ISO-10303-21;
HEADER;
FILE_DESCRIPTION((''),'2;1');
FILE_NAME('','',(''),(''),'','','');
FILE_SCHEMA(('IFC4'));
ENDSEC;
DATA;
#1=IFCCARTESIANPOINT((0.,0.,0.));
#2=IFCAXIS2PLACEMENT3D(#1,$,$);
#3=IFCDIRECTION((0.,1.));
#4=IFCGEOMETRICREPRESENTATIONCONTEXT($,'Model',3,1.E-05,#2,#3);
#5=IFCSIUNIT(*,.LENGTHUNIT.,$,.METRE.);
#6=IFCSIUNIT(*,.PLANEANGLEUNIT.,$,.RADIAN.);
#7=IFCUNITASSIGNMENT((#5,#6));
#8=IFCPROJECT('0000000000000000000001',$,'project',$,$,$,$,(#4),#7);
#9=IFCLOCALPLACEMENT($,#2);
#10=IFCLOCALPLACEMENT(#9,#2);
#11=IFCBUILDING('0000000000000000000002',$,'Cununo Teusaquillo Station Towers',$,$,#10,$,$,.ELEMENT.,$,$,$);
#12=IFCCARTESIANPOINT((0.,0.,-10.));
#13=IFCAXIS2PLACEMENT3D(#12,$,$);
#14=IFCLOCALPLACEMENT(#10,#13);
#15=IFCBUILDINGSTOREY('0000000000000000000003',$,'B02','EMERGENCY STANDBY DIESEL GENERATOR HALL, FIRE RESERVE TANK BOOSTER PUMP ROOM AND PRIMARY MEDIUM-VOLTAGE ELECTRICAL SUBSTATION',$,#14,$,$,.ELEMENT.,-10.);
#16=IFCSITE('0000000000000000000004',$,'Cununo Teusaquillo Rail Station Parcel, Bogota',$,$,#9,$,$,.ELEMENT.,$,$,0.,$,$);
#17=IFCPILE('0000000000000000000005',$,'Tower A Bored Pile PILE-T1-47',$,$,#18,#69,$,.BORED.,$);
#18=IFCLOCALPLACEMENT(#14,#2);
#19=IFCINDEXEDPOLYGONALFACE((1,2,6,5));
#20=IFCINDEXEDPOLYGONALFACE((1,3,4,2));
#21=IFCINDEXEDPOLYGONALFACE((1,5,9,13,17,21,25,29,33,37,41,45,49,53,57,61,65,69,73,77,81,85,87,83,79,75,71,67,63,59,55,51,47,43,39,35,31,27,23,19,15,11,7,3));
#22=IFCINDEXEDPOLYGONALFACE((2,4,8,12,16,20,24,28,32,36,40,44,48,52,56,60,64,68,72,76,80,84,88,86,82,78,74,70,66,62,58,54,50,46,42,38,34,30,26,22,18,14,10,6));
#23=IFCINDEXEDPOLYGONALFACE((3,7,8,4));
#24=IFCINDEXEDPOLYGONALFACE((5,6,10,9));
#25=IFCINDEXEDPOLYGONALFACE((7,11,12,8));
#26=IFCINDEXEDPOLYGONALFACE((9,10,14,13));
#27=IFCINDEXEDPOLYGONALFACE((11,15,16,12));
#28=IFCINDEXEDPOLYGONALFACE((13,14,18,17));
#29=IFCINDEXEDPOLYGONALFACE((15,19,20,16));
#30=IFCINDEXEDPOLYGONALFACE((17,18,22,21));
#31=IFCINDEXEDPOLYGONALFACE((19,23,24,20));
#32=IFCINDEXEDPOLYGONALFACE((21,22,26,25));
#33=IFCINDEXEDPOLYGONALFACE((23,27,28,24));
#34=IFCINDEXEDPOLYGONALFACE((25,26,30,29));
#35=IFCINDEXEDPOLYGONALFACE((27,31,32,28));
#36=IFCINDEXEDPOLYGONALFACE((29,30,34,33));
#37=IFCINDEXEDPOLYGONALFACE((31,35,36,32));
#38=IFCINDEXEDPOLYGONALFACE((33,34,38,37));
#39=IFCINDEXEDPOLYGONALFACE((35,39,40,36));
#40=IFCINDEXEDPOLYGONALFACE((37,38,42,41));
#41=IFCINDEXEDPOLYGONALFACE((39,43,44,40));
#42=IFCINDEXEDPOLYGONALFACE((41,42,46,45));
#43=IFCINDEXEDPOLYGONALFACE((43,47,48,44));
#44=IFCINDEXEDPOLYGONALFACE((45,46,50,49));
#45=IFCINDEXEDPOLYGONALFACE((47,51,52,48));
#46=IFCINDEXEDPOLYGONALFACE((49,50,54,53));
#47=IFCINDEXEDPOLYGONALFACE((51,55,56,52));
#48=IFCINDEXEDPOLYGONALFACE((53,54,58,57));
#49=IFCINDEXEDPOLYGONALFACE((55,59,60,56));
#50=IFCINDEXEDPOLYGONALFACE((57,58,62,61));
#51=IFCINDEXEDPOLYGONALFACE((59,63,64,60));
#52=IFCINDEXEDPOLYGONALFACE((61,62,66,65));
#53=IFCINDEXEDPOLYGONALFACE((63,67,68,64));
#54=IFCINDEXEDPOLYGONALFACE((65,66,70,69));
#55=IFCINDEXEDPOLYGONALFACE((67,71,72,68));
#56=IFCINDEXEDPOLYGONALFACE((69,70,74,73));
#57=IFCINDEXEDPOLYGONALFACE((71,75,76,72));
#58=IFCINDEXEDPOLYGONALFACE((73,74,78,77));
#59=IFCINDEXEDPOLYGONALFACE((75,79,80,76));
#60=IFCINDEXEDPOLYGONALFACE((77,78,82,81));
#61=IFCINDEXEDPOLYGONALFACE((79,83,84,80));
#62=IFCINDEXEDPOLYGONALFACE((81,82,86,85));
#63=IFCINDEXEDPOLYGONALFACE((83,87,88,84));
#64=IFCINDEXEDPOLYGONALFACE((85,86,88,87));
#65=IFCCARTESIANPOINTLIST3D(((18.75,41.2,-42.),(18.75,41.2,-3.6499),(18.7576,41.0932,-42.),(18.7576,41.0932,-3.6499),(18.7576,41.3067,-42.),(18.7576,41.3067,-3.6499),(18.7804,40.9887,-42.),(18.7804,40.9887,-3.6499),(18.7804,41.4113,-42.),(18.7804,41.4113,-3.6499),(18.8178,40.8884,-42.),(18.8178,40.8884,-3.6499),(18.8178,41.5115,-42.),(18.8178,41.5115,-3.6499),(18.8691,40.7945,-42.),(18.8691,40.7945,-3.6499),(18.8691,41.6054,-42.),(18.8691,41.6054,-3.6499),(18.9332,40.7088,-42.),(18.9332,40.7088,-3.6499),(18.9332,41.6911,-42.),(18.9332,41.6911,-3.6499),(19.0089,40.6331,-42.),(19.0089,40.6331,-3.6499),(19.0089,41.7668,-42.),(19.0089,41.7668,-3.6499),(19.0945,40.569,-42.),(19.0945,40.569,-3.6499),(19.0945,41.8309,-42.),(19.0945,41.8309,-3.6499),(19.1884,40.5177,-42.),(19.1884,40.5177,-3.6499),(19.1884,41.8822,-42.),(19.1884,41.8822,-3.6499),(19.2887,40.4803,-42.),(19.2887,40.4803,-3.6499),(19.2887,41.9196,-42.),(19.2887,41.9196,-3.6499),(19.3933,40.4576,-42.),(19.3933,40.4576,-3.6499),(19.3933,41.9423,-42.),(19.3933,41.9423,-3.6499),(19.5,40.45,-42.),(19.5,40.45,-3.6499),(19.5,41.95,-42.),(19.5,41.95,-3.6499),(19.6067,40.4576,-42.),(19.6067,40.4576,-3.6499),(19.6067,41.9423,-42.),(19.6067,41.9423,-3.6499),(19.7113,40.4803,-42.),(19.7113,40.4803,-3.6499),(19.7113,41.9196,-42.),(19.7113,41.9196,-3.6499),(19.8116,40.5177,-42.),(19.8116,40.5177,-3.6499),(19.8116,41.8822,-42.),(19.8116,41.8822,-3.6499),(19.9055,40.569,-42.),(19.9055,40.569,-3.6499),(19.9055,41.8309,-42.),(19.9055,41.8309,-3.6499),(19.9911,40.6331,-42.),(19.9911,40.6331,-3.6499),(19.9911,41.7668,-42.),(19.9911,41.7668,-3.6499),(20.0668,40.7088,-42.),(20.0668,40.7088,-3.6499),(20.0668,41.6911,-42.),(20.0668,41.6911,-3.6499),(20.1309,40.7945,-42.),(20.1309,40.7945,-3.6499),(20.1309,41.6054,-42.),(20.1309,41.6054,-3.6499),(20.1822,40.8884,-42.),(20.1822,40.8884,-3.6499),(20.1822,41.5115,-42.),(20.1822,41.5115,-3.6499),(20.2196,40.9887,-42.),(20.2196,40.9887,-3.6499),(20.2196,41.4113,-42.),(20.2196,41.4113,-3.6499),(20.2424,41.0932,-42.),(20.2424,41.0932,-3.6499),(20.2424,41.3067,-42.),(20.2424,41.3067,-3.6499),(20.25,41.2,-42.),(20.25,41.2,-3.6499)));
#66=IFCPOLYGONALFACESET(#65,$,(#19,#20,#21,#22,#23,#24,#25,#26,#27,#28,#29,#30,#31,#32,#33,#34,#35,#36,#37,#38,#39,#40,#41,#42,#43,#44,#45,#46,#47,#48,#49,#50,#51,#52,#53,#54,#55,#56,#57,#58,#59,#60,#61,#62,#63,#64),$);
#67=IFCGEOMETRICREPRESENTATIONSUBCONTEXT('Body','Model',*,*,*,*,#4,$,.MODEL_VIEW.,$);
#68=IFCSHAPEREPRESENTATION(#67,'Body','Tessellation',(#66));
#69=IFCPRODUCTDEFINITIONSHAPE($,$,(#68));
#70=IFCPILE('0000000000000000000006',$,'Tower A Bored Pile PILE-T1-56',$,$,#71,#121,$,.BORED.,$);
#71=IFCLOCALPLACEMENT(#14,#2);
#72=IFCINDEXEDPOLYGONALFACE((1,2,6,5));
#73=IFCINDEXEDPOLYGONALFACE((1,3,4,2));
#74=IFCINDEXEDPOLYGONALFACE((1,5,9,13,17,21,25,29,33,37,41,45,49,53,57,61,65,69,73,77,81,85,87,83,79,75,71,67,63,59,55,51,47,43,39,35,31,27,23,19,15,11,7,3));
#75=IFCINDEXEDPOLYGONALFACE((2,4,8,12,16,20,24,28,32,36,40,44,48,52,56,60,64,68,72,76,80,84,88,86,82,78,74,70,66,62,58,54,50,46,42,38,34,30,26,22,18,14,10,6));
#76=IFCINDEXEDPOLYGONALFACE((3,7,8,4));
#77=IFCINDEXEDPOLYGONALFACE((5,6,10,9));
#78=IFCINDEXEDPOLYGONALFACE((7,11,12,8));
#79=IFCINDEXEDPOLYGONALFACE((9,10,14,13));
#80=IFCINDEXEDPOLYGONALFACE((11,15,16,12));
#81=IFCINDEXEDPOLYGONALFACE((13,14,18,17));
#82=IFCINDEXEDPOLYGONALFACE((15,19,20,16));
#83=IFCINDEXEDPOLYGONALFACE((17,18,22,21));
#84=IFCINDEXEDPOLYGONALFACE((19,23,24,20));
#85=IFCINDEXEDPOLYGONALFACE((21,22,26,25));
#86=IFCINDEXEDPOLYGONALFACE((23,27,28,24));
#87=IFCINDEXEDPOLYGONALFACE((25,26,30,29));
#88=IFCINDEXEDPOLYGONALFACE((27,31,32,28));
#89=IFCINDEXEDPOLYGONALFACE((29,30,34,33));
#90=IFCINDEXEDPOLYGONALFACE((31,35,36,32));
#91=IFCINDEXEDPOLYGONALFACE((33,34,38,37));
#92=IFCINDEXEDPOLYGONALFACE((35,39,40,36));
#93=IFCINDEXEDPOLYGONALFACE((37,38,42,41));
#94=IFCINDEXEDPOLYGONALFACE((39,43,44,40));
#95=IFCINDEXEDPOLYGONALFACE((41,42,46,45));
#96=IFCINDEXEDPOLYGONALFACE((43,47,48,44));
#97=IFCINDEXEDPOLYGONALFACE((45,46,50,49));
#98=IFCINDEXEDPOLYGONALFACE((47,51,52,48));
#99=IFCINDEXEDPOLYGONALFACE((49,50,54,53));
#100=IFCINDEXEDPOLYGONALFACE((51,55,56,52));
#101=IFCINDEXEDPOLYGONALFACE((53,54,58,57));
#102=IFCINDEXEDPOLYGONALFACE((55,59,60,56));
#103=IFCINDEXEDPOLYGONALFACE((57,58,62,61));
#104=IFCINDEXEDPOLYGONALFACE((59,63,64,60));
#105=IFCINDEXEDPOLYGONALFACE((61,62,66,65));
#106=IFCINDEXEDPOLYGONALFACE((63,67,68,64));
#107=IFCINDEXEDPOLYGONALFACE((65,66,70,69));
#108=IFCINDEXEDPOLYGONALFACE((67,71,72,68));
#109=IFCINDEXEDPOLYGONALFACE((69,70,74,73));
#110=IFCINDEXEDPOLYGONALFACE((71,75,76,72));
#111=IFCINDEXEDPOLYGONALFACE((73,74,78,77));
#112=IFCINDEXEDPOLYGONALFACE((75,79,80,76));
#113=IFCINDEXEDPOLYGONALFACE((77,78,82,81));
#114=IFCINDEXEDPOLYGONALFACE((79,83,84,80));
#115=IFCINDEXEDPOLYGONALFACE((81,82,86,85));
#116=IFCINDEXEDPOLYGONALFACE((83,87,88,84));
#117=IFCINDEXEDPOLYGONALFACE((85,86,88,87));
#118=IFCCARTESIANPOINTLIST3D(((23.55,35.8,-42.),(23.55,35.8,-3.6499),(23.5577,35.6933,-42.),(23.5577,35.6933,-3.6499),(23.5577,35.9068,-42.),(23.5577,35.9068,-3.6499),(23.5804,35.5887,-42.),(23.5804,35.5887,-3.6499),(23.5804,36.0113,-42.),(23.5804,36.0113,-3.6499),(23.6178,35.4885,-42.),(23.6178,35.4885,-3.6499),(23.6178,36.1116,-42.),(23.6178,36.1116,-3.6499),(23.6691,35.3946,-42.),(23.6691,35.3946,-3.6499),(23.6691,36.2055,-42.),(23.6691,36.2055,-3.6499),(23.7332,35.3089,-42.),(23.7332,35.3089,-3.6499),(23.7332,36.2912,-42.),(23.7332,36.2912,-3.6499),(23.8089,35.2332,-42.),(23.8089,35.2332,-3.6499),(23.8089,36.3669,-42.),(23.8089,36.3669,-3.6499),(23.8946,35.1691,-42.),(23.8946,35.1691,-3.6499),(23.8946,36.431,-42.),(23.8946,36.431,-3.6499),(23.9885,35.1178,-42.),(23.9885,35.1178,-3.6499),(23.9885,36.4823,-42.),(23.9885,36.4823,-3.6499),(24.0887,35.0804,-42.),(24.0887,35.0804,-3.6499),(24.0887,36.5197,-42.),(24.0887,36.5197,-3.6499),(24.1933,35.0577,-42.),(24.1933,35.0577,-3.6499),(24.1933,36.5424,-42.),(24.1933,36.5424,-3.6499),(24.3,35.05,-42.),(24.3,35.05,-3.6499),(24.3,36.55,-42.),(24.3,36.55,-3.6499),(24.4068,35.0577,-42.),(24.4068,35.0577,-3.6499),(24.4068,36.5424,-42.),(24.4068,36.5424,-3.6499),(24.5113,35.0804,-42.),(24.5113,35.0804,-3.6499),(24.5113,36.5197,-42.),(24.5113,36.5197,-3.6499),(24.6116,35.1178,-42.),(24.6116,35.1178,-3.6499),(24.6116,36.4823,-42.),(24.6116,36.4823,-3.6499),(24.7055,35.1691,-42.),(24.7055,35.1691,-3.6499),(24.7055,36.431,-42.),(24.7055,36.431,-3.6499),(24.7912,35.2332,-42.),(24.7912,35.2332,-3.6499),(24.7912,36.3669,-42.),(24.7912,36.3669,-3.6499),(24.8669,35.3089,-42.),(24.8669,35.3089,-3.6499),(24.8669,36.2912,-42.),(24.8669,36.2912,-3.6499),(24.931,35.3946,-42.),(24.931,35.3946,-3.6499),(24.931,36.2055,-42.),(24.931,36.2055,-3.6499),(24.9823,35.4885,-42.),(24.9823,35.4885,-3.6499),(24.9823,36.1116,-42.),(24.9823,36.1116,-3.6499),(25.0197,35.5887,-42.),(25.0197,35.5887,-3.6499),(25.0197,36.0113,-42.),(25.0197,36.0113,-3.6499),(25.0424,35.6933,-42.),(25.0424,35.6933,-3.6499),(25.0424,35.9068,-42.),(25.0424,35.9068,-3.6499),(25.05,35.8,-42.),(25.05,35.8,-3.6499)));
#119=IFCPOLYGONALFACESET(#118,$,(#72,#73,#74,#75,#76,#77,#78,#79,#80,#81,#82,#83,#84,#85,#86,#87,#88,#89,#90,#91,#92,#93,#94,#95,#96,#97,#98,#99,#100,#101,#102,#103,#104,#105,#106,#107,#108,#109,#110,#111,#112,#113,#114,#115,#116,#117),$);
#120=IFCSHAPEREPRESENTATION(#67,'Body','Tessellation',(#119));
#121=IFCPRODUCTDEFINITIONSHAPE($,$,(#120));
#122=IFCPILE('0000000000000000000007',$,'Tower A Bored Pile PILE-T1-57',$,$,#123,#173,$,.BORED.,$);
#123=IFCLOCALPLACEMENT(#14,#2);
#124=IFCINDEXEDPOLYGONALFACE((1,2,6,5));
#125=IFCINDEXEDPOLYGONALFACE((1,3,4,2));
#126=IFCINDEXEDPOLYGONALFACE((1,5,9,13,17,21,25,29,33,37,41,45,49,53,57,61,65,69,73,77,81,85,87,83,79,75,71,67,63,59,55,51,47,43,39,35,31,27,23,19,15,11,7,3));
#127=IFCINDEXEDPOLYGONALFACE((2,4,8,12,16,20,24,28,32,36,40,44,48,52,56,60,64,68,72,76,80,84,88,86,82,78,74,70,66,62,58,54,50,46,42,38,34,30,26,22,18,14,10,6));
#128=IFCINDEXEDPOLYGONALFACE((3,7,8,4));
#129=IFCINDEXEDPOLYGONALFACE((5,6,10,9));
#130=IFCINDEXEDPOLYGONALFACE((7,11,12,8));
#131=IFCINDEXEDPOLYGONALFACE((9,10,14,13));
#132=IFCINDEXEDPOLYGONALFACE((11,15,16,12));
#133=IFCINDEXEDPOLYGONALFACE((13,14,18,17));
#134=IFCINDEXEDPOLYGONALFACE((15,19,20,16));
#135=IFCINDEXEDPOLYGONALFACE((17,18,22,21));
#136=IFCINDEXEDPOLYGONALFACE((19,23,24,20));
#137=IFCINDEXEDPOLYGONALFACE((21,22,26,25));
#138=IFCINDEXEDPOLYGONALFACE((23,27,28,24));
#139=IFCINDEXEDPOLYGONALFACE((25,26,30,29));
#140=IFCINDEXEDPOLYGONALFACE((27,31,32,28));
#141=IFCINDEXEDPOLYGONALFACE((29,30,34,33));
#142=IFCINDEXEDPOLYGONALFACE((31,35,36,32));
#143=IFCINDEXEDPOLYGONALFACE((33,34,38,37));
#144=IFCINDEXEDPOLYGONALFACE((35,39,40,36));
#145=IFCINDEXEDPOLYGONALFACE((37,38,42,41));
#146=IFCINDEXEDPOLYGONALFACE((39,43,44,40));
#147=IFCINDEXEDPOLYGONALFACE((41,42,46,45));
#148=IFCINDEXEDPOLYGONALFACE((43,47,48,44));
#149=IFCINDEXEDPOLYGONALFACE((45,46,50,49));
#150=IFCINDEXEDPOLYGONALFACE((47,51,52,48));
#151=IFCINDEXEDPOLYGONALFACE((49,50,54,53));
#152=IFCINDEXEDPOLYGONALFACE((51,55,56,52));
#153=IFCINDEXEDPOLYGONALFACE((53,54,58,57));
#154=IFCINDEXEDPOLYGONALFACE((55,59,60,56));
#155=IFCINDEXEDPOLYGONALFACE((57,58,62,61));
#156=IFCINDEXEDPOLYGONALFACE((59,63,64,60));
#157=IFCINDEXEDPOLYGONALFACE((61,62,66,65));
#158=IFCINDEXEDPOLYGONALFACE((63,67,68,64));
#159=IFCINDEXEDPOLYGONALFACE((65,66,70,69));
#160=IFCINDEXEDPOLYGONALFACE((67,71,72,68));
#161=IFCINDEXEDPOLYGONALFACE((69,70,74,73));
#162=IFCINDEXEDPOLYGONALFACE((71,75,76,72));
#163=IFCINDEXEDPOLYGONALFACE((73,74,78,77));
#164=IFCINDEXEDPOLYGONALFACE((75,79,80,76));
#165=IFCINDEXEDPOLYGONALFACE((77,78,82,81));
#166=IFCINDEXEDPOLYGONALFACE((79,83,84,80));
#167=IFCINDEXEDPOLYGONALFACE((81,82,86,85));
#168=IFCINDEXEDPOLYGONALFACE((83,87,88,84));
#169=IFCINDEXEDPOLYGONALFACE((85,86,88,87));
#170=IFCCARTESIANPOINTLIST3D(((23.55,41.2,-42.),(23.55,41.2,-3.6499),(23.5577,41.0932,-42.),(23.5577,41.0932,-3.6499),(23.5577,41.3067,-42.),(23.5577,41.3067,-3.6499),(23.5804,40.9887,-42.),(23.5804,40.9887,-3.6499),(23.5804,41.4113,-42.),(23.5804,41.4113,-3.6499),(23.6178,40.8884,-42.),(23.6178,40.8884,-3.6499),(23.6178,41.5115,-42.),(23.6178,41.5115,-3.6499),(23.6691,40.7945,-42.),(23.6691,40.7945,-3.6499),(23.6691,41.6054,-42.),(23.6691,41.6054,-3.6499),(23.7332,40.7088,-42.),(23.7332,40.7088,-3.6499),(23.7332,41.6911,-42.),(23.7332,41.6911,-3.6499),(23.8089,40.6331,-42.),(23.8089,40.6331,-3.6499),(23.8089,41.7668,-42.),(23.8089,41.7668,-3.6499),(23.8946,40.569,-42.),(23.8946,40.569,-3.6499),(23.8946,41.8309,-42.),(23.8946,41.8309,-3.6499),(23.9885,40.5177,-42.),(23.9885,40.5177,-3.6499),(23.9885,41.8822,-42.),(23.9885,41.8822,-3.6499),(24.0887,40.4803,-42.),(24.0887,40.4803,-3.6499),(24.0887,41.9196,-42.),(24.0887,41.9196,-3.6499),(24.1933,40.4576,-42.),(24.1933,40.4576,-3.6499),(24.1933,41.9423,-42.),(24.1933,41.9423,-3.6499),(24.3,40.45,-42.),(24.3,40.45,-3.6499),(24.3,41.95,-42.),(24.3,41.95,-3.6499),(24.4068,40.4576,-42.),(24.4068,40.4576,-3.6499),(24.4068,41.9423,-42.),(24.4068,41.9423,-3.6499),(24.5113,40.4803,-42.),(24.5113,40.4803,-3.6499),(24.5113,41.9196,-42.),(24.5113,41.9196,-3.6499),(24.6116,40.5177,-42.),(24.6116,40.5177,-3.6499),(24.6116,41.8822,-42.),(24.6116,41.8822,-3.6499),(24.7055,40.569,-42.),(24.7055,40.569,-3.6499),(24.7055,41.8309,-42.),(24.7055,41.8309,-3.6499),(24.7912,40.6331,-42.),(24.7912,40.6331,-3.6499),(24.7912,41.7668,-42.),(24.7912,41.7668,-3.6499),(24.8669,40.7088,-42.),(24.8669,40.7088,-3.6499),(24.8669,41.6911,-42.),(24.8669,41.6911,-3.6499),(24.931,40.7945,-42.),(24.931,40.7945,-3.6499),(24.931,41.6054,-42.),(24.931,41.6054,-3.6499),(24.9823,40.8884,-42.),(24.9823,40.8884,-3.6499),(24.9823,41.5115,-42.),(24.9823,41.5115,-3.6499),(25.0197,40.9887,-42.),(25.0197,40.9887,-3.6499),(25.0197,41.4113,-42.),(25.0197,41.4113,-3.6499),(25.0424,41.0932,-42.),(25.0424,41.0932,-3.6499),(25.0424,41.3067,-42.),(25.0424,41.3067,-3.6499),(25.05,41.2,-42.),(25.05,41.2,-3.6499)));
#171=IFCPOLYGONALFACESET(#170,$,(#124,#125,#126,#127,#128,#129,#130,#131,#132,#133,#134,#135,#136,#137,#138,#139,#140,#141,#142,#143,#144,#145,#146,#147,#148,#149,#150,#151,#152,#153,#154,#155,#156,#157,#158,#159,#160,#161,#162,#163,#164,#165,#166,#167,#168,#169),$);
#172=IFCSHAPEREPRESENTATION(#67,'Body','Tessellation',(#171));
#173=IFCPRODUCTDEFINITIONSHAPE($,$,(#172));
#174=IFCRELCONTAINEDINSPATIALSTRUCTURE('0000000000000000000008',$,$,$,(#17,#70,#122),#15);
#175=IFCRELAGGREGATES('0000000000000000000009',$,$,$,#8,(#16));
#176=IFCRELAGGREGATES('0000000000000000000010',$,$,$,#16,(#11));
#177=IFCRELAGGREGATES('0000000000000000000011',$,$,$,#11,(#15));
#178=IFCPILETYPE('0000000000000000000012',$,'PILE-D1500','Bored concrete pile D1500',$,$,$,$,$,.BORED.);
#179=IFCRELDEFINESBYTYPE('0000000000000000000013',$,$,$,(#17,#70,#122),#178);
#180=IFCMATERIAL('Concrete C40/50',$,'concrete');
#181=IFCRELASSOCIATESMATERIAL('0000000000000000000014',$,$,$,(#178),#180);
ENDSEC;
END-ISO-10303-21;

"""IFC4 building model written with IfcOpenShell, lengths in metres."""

from ifc_helpers import new_model, si_unit, direction, frame, origin, origin_2d, place, context, subcontext, project, spatial, circle, extrude, material, material_profile, profile_set, type_object, element, save


model = new_model("IFC4")

# Units and contexts
model_context = context("Model", 3, precision=1e-05, world=origin(), true_north=direction((0.0, 1.0)))
body_context = subcontext(model_context, "Body", "Model", "MODEL_VIEW")
ifc_project = project(units=[si_unit("LENGTHUNIT", "METRE"), si_unit("PLANEANGLEUNIT", "RADIAN")], contexts=[model_context])

# Site, building, storey
site_placement = place(None, origin())
site = spatial("IfcSite", under=ifc_project, at=site_placement, Name="Cununo Teusaquillo Rail Station Parcel, Bogota", CompositionType="ELEMENT", RefElevation=0.0)
building_placement = place(site_placement, origin())
building = spatial("IfcBuilding", under=site, at=building_placement, Name="Cununo Teusaquillo Station Towers", CompositionType="ELEMENT")
storey_placement = place(building_placement, frame((0.0, 0.0, -10.0)))
storey = spatial("IfcBuildingStorey", under=building, at=storey_placement, Name="B02", Description="EMERGENCY STANDBY DIESEL GENERATOR HALL, FIRE RESERVE TANK BOOSTER PUMP ROOM AND PRIMARY MEDIUM-VOLTAGE ELECTRICAL SUBSTATION", CompositionType="ELEMENT", Elevation=-10.0)

# Piles
ifc_material_1 = material(Name="Concrete C40/50", Category="concrete")
ifc_material_profile_1 = material_profile(ifc_material_1, circle(Radius=0.75, at=origin_2d()), Name="PILE-BORED-1500")
ifc_profile_set_1 = profile_set([ifc_material_profile_1], Name="Concrete C40/50")
pile_type = type_object("IfcPileType", Name="PILE-D1500", Description="Bored concrete pile D1500", PredefinedType="BORED", material=ifc_profile_set_1)
for number, where, z_axis, x_axis, name in (
    (1, (19.5, 41.2, -3.6499), (0.0, 0.0, -1.0), (1.0, 0.0, 0.0), "Tower A Bored Pile PILE-T1-47"),
    (2, (24.3, 35.8, -3.6499), (0.0, 0.0, -1.0), (1.0, 0.0, 0.0), "Tower A Bored Pile PILE-T1-56"),
    (3, (24.3, 41.2, -3.6499), (0.0, 0.0, -1.0), (1.0, 0.0, 0.0), "Tower A Bored Pile PILE-T1-57"),
):
    element("IfcPile", number, at=place(storey_placement, frame(where, z_axis=z_axis, x_axis=x_axis)), inside=storey, type_object=pile_type, Name=name, PredefinedType="BORED", context=body_context, shape_type="SweptSolid", body=[
        extrude(circle(Radius=0.75, at=origin_2d()), origin(), (0.0, 0.0, 1.0), 38.3501),
    ])

save(model, "model.ifc")
